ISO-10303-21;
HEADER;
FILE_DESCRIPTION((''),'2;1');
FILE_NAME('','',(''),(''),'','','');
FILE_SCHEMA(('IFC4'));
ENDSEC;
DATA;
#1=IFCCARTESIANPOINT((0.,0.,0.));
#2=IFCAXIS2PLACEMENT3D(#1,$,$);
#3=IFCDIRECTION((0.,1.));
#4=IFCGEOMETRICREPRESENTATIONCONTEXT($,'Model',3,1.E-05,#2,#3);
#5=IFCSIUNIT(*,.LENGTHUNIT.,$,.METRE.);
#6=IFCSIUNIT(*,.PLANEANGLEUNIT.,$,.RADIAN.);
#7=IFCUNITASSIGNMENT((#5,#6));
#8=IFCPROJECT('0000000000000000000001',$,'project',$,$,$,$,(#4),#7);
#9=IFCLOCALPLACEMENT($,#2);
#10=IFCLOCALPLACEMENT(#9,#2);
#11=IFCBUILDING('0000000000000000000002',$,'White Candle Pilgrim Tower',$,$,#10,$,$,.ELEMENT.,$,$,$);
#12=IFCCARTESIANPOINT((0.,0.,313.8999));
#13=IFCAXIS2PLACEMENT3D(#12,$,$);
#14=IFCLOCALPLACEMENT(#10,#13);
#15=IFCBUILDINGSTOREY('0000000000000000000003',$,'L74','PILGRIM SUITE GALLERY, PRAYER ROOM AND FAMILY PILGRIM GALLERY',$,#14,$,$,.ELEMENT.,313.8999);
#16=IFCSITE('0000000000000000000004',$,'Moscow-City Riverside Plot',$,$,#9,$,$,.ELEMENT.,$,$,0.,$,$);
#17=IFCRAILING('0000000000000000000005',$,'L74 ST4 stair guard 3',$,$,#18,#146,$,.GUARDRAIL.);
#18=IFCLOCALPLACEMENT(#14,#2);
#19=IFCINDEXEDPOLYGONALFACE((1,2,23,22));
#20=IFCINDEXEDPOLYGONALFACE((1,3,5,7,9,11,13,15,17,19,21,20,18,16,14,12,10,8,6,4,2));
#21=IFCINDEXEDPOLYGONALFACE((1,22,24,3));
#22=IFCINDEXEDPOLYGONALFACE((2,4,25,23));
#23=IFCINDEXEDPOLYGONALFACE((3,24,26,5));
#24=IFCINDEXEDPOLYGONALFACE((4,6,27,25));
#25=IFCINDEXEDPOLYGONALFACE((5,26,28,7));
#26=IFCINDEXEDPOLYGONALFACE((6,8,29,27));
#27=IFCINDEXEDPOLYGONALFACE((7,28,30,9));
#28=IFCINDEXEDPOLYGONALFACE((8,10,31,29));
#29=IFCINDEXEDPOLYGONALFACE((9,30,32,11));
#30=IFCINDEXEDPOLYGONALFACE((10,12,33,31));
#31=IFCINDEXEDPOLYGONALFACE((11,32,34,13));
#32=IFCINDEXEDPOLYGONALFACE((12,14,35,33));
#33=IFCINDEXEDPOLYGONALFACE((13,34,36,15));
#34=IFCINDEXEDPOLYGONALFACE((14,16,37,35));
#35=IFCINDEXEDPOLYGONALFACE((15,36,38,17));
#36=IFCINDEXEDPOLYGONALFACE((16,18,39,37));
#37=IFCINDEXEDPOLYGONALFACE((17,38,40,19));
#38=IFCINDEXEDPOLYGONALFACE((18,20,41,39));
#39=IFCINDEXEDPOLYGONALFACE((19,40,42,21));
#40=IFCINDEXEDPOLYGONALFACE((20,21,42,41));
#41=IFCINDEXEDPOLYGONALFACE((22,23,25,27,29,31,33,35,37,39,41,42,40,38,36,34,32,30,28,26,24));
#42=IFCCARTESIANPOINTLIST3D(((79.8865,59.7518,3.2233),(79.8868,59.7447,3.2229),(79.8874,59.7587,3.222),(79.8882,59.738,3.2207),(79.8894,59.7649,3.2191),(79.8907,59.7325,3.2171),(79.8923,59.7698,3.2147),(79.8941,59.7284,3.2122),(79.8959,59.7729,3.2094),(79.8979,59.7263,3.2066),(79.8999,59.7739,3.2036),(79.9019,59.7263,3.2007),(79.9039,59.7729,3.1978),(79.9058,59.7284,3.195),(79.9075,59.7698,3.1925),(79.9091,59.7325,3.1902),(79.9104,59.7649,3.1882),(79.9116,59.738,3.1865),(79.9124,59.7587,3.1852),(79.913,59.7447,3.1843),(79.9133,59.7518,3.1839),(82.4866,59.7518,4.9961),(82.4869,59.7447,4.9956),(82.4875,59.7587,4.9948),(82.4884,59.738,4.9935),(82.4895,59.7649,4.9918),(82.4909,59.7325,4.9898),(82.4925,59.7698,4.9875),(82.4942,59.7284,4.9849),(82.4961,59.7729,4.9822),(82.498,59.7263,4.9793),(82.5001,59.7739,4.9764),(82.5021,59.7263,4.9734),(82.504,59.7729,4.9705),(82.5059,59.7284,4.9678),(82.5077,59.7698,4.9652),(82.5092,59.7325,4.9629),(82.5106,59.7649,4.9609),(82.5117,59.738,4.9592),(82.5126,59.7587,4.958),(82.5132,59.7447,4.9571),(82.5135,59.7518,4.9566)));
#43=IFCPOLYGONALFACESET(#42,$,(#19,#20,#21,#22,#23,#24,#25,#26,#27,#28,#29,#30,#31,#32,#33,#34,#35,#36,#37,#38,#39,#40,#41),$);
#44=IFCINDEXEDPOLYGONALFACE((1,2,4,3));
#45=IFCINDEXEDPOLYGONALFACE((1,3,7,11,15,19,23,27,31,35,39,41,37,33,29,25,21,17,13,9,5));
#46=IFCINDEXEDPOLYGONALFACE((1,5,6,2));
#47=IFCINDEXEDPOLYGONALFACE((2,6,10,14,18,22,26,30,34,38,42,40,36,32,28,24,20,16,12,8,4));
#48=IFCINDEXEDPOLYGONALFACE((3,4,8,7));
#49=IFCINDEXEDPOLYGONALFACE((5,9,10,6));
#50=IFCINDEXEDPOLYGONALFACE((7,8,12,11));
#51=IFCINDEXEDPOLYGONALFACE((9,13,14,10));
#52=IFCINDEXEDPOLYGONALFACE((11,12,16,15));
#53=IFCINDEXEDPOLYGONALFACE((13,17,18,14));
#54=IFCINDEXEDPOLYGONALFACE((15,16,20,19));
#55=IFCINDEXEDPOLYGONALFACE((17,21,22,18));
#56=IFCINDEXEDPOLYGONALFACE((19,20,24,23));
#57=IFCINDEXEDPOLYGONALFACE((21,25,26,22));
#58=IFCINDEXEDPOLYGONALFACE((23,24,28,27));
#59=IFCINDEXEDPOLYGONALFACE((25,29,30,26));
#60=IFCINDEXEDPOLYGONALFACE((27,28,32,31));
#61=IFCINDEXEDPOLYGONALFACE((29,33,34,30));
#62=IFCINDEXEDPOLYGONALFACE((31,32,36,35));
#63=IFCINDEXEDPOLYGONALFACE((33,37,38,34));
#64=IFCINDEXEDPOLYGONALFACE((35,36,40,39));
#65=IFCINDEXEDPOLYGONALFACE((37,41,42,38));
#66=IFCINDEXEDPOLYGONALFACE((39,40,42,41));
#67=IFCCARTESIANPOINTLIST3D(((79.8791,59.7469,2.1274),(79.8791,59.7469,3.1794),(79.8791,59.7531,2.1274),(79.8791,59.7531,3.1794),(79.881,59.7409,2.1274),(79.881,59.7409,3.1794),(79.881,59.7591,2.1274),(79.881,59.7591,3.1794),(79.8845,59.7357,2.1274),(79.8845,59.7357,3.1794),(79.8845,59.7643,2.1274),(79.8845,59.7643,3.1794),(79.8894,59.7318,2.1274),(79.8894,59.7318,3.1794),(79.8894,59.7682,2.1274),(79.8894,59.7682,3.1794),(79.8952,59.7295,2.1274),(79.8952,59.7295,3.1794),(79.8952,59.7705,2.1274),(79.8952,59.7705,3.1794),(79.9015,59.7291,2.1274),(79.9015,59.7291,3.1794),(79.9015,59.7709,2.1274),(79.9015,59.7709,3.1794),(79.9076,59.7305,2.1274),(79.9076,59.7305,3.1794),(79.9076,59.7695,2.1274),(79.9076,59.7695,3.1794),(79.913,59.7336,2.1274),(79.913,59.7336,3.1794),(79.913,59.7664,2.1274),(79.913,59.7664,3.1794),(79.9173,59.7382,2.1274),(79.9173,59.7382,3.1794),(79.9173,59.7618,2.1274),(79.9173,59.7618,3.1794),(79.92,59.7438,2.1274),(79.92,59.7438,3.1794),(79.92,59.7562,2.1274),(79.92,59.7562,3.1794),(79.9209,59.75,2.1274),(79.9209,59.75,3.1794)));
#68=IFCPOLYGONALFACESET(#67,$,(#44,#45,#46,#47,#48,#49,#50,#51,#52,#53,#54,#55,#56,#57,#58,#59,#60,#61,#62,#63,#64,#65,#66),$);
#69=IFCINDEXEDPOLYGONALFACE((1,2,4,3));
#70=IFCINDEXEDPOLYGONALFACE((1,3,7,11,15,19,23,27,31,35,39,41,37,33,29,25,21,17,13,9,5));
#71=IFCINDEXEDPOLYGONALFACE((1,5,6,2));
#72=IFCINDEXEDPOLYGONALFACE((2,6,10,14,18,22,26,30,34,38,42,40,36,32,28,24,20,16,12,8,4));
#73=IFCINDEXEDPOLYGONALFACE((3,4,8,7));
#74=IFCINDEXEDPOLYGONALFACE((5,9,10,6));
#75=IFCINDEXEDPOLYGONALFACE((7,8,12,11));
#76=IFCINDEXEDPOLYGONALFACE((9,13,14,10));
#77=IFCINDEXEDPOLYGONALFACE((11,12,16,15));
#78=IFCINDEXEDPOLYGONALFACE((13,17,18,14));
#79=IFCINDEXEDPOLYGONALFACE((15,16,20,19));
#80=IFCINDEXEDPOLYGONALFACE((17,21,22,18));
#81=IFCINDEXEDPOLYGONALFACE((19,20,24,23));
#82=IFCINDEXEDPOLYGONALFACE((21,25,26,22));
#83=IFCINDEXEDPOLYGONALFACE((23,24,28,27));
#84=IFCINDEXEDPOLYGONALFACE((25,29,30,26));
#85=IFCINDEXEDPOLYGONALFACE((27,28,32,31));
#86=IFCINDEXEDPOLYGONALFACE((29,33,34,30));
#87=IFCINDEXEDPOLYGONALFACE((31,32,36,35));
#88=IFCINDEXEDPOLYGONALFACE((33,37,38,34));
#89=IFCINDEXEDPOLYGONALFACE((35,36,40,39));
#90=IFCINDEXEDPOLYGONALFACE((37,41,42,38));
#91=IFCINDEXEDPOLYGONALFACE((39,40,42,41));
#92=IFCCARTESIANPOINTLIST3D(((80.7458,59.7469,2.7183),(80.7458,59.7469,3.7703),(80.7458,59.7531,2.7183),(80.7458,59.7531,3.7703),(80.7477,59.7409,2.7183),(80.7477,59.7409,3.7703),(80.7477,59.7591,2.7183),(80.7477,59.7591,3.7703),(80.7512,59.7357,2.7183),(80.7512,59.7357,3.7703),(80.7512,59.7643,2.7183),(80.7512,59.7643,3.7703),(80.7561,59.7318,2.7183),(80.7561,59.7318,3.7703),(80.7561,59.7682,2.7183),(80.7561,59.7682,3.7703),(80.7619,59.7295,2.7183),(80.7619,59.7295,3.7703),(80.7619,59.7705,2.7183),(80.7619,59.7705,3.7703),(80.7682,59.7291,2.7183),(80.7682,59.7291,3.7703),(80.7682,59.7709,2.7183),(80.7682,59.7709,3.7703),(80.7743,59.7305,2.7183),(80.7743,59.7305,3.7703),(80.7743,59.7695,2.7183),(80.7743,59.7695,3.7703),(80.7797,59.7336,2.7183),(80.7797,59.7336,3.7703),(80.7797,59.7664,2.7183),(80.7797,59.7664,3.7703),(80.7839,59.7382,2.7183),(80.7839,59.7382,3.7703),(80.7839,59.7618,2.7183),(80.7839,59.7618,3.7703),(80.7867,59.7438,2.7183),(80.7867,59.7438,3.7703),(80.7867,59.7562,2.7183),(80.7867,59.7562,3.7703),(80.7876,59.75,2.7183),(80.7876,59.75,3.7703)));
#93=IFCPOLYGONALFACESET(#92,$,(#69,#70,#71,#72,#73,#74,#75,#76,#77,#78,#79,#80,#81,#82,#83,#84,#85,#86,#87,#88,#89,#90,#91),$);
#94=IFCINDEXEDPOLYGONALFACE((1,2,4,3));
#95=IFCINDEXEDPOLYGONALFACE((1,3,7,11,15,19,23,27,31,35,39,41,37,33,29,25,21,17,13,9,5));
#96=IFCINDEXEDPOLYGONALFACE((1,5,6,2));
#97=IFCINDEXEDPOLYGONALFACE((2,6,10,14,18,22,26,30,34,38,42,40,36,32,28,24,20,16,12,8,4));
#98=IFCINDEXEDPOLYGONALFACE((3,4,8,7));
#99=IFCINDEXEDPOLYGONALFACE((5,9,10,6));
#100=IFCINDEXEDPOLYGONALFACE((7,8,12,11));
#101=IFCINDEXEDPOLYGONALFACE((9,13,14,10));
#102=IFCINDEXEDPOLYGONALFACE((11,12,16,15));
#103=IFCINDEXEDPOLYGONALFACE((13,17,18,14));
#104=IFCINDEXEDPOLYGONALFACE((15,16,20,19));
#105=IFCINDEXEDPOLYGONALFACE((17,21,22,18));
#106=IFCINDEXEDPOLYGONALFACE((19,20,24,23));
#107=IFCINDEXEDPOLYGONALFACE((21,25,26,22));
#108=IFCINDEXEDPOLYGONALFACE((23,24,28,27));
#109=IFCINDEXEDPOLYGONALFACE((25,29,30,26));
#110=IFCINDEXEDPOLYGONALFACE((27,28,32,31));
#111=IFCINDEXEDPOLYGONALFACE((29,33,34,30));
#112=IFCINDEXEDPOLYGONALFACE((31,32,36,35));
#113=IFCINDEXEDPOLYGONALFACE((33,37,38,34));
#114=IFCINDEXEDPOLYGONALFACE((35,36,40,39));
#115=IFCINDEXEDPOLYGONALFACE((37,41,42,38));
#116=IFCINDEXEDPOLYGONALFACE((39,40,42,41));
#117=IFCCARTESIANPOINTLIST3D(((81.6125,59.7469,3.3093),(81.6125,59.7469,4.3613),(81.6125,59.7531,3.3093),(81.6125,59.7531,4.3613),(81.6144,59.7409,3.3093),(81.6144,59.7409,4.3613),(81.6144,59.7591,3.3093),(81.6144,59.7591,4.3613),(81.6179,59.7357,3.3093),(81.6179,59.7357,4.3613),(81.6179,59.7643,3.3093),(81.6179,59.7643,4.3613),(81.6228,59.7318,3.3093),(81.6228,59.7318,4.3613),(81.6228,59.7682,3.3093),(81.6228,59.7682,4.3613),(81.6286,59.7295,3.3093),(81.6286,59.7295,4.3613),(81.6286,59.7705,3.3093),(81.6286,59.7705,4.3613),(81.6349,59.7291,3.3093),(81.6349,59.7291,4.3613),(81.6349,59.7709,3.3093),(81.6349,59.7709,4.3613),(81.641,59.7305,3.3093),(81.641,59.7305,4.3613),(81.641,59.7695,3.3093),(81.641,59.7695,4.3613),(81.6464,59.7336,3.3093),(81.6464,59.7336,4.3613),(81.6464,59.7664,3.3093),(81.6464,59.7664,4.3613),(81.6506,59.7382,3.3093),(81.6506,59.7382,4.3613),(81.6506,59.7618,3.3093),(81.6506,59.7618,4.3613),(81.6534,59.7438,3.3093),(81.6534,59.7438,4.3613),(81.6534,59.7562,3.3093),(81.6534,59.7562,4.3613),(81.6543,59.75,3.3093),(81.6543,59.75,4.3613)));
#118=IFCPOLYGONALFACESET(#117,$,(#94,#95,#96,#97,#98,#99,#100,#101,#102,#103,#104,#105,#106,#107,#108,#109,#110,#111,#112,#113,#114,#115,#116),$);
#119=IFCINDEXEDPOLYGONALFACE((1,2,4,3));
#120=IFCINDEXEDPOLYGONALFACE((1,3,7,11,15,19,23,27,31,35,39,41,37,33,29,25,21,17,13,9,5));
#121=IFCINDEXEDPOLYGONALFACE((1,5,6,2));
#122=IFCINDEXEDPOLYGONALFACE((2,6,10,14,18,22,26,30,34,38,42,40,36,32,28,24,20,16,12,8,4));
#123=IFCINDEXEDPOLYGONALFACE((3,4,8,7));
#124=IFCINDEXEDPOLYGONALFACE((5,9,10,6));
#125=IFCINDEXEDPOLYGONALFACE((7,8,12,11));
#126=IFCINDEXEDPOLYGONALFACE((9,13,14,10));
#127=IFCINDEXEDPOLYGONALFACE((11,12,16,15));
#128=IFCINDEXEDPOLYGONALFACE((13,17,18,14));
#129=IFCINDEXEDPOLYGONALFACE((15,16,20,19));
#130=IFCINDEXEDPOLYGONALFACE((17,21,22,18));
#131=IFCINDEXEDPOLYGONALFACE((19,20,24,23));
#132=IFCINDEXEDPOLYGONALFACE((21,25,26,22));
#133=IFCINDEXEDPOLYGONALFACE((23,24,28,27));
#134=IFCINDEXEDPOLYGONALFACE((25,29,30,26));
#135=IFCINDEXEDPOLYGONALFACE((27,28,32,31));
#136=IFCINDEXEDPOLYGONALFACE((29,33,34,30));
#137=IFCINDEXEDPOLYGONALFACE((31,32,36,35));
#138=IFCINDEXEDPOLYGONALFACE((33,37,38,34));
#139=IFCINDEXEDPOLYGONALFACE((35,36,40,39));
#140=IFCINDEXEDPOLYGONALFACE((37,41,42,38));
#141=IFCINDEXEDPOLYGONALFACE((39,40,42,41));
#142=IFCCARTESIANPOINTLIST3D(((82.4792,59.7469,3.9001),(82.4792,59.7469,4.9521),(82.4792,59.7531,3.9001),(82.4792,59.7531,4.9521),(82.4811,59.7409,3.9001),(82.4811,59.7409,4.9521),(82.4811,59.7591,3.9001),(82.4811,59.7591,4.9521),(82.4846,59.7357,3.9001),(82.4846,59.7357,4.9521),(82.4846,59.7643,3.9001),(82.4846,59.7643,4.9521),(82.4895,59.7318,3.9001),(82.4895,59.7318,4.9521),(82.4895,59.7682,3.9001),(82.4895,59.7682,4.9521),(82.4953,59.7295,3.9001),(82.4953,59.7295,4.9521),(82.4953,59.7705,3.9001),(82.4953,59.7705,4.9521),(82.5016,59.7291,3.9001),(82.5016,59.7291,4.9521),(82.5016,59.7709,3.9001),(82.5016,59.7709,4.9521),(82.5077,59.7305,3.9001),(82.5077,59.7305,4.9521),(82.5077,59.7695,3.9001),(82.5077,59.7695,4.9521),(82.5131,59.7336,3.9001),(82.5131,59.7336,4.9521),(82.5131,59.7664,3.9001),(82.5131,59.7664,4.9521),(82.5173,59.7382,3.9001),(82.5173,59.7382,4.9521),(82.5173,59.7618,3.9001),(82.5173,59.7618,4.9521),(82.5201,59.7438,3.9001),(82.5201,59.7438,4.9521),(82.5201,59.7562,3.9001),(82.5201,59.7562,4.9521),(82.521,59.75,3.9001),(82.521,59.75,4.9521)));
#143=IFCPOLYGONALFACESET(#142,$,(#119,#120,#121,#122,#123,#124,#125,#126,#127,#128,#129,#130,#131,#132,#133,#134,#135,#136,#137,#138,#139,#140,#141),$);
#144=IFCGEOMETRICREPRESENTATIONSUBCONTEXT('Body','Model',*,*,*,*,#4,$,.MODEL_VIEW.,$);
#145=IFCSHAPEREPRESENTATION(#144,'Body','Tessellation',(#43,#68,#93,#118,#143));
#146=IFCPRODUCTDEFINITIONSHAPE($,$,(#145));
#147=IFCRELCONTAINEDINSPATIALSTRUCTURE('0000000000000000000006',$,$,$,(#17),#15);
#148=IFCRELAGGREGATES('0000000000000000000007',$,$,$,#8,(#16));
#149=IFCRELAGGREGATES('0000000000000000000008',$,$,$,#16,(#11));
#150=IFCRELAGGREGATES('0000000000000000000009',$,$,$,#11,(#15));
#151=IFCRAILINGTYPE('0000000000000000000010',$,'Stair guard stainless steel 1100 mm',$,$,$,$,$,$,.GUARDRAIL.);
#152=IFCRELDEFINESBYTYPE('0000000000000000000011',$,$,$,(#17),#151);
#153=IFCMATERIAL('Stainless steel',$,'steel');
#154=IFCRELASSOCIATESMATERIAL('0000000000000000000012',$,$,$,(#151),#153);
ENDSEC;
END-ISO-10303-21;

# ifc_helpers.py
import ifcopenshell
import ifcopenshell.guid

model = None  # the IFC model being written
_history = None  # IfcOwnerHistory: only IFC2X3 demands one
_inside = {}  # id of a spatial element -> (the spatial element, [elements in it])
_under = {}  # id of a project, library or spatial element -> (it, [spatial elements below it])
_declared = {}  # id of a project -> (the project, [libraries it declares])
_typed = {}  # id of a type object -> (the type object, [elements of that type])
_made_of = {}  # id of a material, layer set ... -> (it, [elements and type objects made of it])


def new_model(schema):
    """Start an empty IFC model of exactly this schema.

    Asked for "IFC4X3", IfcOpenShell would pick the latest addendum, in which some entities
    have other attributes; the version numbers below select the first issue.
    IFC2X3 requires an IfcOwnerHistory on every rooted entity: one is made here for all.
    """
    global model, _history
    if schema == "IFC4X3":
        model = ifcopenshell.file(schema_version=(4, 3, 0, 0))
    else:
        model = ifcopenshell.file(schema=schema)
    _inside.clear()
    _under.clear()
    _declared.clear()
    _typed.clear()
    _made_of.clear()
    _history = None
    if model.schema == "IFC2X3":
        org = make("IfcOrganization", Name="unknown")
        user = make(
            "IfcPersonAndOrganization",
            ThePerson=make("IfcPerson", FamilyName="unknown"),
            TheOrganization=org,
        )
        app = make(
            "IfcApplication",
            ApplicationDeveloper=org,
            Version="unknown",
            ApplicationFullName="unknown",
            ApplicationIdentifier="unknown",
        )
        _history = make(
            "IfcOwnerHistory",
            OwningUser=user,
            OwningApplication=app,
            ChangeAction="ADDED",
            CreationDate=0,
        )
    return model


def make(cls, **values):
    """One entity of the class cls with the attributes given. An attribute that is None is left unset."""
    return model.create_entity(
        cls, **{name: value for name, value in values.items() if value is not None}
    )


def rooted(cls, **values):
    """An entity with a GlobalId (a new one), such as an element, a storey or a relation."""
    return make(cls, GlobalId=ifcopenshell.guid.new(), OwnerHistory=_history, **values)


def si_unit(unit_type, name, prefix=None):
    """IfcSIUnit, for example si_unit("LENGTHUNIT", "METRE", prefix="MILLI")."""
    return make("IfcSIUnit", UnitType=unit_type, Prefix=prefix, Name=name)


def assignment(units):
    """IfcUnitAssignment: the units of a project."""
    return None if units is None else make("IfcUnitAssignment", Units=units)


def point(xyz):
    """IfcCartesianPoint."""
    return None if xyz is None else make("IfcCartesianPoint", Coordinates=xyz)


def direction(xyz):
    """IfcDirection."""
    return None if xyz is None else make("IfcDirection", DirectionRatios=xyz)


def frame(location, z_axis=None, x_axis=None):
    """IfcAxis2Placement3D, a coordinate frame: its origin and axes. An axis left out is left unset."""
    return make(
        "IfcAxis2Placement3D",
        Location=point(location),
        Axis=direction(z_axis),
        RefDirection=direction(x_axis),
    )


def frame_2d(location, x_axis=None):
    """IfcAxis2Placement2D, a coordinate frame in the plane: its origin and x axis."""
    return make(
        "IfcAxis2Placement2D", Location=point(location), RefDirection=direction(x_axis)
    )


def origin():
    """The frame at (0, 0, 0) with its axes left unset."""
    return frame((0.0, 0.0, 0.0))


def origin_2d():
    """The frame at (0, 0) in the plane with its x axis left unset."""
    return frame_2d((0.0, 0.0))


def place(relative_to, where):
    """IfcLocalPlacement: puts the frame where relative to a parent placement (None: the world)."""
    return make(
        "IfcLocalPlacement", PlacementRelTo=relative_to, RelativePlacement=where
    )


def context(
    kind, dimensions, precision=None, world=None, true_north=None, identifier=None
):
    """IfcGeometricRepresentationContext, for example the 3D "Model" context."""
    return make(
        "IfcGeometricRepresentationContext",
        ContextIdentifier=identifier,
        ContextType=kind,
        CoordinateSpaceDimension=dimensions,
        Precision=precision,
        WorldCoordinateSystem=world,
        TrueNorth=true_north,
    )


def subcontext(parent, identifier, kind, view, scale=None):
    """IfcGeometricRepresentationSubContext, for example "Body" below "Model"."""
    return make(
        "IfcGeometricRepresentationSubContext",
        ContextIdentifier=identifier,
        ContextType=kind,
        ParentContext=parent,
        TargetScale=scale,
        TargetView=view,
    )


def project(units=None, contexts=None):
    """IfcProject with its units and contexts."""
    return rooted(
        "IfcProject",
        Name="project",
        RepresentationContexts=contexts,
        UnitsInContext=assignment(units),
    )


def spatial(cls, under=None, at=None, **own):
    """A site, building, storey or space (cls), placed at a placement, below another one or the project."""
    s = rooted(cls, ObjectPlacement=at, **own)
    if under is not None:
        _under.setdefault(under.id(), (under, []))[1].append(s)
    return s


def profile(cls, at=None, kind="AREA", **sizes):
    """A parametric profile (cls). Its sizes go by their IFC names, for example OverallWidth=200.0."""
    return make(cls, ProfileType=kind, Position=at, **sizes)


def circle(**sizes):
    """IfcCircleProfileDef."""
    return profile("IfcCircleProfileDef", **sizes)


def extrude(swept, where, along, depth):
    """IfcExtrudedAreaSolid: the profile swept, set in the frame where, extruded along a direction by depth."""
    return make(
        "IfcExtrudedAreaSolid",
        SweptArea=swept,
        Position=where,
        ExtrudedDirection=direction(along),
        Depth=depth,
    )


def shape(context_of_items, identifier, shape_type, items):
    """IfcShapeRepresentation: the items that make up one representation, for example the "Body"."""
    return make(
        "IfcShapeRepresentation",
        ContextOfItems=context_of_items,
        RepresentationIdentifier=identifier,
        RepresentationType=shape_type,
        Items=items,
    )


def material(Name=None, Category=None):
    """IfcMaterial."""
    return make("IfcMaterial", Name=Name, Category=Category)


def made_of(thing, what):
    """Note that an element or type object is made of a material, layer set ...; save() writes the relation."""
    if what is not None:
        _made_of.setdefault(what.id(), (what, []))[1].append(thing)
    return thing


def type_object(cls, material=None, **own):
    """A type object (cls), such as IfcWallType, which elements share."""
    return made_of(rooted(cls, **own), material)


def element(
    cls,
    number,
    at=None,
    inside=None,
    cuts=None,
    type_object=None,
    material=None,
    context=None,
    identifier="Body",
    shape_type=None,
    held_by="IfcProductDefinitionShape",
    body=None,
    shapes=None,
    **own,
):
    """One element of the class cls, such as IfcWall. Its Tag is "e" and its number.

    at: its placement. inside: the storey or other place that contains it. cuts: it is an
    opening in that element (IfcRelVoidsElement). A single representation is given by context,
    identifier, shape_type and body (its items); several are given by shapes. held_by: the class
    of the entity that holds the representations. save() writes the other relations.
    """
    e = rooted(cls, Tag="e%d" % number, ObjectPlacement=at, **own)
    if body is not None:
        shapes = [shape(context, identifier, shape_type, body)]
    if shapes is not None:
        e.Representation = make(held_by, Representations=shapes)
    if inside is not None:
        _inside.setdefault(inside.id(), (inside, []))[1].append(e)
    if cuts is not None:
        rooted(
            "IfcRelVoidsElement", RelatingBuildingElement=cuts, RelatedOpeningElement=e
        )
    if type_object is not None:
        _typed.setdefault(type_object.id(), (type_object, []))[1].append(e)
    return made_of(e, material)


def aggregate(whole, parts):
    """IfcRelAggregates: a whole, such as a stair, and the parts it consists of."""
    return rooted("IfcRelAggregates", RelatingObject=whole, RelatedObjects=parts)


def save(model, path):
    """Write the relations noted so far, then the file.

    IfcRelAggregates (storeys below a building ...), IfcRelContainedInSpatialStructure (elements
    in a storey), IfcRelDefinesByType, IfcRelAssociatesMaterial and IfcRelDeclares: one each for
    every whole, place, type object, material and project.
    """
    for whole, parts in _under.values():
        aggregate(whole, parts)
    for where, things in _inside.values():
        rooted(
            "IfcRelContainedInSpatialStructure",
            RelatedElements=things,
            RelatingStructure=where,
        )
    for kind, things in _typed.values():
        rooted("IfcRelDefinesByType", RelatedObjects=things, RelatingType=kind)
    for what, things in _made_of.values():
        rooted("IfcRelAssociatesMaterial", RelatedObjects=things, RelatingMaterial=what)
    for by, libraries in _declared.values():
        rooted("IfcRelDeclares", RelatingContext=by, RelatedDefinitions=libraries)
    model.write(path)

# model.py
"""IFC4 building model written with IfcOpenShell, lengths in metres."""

from ifc_helpers import new_model, si_unit, direction, frame, origin, origin_2d, place, context, subcontext, project, spatial, circle, extrude, material, type_object, element, save


model = new_model("IFC4")

# Units and contexts
model_context = context("Model", 3, precision=1e-05, world=origin(), true_north=direction((0.0, 1.0)))
body_context = subcontext(model_context, "Body", "Model", "MODEL_VIEW")
ifc_project = project(units=[si_unit("LENGTHUNIT", "METRE"), si_unit("PLANEANGLEUNIT", "RADIAN")], contexts=[model_context])

# Site, building, storey
site_placement = place(None, origin())
site = spatial("IfcSite", under=ifc_project, at=site_placement, Name="Moscow-City Riverside Plot", CompositionType="ELEMENT", RefElevation=0.0)
building_placement = place(site_placement, origin())
building = spatial("IfcBuilding", under=site, at=building_placement, Name="White Candle Pilgrim Tower", CompositionType="ELEMENT")
storey_placement = place(building_placement, frame((0.0, 0.0, 313.8999)))
storey = spatial("IfcBuildingStorey", under=building, at=storey_placement, Name="L74", Description="PILGRIM SUITE GALLERY, PRAYER ROOM AND FAMILY PILGRIM GALLERY", CompositionType="ELEMENT", Elevation=313.8999)

# Railing
ifc_material_1 = material(Name="Stainless steel", Category="steel")
railing_type_1 = type_object("IfcRailingType", Name="Stair guard stainless steel 1100 mm", PredefinedType="GUARDRAIL", material=ifc_material_1)
railing_1_placement = place(storey_placement, frame((79.8999, 59.75, 2.1274)))
element("IfcRailing", 1, at=railing_1_placement, inside=storey, type_object=railing_type_1, Name="L74 ST4 stair guard 3", PredefinedType="GUARDRAIL", context=body_context, shape_type="SweptSolid", body=[
    extrude(circle(Radius=0.0239, at=origin_2d()), frame((0.0, 0.0, 1.0762), z_axis=(0.82624, 0.0, 0.563318), x_axis=(0.0, 1.0, 0.0)), (0.0, 0.0, 1.0), 3.147),
    extrude(circle(Radius=0.021, at=origin_2d()), origin(), (0.0, 0.0, 1.0), 1.052),
    extrude(circle(Radius=0.021, at=origin_2d()), frame((0.8667, 0.0, 0.5908)), (0.0, 0.0, 1.0), 1.052),
    extrude(circle(Radius=0.021, at=origin_2d()), frame((1.7334, 0.0, 1.1819)), (0.0, 0.0, 1.0), 1.052),
    extrude(circle(Radius=0.021, at=origin_2d()), frame((2.6001, 0.0, 1.7727)), (0.0, 0.0, 1.0), 1.052),
])

save(model, "model.ifc")
